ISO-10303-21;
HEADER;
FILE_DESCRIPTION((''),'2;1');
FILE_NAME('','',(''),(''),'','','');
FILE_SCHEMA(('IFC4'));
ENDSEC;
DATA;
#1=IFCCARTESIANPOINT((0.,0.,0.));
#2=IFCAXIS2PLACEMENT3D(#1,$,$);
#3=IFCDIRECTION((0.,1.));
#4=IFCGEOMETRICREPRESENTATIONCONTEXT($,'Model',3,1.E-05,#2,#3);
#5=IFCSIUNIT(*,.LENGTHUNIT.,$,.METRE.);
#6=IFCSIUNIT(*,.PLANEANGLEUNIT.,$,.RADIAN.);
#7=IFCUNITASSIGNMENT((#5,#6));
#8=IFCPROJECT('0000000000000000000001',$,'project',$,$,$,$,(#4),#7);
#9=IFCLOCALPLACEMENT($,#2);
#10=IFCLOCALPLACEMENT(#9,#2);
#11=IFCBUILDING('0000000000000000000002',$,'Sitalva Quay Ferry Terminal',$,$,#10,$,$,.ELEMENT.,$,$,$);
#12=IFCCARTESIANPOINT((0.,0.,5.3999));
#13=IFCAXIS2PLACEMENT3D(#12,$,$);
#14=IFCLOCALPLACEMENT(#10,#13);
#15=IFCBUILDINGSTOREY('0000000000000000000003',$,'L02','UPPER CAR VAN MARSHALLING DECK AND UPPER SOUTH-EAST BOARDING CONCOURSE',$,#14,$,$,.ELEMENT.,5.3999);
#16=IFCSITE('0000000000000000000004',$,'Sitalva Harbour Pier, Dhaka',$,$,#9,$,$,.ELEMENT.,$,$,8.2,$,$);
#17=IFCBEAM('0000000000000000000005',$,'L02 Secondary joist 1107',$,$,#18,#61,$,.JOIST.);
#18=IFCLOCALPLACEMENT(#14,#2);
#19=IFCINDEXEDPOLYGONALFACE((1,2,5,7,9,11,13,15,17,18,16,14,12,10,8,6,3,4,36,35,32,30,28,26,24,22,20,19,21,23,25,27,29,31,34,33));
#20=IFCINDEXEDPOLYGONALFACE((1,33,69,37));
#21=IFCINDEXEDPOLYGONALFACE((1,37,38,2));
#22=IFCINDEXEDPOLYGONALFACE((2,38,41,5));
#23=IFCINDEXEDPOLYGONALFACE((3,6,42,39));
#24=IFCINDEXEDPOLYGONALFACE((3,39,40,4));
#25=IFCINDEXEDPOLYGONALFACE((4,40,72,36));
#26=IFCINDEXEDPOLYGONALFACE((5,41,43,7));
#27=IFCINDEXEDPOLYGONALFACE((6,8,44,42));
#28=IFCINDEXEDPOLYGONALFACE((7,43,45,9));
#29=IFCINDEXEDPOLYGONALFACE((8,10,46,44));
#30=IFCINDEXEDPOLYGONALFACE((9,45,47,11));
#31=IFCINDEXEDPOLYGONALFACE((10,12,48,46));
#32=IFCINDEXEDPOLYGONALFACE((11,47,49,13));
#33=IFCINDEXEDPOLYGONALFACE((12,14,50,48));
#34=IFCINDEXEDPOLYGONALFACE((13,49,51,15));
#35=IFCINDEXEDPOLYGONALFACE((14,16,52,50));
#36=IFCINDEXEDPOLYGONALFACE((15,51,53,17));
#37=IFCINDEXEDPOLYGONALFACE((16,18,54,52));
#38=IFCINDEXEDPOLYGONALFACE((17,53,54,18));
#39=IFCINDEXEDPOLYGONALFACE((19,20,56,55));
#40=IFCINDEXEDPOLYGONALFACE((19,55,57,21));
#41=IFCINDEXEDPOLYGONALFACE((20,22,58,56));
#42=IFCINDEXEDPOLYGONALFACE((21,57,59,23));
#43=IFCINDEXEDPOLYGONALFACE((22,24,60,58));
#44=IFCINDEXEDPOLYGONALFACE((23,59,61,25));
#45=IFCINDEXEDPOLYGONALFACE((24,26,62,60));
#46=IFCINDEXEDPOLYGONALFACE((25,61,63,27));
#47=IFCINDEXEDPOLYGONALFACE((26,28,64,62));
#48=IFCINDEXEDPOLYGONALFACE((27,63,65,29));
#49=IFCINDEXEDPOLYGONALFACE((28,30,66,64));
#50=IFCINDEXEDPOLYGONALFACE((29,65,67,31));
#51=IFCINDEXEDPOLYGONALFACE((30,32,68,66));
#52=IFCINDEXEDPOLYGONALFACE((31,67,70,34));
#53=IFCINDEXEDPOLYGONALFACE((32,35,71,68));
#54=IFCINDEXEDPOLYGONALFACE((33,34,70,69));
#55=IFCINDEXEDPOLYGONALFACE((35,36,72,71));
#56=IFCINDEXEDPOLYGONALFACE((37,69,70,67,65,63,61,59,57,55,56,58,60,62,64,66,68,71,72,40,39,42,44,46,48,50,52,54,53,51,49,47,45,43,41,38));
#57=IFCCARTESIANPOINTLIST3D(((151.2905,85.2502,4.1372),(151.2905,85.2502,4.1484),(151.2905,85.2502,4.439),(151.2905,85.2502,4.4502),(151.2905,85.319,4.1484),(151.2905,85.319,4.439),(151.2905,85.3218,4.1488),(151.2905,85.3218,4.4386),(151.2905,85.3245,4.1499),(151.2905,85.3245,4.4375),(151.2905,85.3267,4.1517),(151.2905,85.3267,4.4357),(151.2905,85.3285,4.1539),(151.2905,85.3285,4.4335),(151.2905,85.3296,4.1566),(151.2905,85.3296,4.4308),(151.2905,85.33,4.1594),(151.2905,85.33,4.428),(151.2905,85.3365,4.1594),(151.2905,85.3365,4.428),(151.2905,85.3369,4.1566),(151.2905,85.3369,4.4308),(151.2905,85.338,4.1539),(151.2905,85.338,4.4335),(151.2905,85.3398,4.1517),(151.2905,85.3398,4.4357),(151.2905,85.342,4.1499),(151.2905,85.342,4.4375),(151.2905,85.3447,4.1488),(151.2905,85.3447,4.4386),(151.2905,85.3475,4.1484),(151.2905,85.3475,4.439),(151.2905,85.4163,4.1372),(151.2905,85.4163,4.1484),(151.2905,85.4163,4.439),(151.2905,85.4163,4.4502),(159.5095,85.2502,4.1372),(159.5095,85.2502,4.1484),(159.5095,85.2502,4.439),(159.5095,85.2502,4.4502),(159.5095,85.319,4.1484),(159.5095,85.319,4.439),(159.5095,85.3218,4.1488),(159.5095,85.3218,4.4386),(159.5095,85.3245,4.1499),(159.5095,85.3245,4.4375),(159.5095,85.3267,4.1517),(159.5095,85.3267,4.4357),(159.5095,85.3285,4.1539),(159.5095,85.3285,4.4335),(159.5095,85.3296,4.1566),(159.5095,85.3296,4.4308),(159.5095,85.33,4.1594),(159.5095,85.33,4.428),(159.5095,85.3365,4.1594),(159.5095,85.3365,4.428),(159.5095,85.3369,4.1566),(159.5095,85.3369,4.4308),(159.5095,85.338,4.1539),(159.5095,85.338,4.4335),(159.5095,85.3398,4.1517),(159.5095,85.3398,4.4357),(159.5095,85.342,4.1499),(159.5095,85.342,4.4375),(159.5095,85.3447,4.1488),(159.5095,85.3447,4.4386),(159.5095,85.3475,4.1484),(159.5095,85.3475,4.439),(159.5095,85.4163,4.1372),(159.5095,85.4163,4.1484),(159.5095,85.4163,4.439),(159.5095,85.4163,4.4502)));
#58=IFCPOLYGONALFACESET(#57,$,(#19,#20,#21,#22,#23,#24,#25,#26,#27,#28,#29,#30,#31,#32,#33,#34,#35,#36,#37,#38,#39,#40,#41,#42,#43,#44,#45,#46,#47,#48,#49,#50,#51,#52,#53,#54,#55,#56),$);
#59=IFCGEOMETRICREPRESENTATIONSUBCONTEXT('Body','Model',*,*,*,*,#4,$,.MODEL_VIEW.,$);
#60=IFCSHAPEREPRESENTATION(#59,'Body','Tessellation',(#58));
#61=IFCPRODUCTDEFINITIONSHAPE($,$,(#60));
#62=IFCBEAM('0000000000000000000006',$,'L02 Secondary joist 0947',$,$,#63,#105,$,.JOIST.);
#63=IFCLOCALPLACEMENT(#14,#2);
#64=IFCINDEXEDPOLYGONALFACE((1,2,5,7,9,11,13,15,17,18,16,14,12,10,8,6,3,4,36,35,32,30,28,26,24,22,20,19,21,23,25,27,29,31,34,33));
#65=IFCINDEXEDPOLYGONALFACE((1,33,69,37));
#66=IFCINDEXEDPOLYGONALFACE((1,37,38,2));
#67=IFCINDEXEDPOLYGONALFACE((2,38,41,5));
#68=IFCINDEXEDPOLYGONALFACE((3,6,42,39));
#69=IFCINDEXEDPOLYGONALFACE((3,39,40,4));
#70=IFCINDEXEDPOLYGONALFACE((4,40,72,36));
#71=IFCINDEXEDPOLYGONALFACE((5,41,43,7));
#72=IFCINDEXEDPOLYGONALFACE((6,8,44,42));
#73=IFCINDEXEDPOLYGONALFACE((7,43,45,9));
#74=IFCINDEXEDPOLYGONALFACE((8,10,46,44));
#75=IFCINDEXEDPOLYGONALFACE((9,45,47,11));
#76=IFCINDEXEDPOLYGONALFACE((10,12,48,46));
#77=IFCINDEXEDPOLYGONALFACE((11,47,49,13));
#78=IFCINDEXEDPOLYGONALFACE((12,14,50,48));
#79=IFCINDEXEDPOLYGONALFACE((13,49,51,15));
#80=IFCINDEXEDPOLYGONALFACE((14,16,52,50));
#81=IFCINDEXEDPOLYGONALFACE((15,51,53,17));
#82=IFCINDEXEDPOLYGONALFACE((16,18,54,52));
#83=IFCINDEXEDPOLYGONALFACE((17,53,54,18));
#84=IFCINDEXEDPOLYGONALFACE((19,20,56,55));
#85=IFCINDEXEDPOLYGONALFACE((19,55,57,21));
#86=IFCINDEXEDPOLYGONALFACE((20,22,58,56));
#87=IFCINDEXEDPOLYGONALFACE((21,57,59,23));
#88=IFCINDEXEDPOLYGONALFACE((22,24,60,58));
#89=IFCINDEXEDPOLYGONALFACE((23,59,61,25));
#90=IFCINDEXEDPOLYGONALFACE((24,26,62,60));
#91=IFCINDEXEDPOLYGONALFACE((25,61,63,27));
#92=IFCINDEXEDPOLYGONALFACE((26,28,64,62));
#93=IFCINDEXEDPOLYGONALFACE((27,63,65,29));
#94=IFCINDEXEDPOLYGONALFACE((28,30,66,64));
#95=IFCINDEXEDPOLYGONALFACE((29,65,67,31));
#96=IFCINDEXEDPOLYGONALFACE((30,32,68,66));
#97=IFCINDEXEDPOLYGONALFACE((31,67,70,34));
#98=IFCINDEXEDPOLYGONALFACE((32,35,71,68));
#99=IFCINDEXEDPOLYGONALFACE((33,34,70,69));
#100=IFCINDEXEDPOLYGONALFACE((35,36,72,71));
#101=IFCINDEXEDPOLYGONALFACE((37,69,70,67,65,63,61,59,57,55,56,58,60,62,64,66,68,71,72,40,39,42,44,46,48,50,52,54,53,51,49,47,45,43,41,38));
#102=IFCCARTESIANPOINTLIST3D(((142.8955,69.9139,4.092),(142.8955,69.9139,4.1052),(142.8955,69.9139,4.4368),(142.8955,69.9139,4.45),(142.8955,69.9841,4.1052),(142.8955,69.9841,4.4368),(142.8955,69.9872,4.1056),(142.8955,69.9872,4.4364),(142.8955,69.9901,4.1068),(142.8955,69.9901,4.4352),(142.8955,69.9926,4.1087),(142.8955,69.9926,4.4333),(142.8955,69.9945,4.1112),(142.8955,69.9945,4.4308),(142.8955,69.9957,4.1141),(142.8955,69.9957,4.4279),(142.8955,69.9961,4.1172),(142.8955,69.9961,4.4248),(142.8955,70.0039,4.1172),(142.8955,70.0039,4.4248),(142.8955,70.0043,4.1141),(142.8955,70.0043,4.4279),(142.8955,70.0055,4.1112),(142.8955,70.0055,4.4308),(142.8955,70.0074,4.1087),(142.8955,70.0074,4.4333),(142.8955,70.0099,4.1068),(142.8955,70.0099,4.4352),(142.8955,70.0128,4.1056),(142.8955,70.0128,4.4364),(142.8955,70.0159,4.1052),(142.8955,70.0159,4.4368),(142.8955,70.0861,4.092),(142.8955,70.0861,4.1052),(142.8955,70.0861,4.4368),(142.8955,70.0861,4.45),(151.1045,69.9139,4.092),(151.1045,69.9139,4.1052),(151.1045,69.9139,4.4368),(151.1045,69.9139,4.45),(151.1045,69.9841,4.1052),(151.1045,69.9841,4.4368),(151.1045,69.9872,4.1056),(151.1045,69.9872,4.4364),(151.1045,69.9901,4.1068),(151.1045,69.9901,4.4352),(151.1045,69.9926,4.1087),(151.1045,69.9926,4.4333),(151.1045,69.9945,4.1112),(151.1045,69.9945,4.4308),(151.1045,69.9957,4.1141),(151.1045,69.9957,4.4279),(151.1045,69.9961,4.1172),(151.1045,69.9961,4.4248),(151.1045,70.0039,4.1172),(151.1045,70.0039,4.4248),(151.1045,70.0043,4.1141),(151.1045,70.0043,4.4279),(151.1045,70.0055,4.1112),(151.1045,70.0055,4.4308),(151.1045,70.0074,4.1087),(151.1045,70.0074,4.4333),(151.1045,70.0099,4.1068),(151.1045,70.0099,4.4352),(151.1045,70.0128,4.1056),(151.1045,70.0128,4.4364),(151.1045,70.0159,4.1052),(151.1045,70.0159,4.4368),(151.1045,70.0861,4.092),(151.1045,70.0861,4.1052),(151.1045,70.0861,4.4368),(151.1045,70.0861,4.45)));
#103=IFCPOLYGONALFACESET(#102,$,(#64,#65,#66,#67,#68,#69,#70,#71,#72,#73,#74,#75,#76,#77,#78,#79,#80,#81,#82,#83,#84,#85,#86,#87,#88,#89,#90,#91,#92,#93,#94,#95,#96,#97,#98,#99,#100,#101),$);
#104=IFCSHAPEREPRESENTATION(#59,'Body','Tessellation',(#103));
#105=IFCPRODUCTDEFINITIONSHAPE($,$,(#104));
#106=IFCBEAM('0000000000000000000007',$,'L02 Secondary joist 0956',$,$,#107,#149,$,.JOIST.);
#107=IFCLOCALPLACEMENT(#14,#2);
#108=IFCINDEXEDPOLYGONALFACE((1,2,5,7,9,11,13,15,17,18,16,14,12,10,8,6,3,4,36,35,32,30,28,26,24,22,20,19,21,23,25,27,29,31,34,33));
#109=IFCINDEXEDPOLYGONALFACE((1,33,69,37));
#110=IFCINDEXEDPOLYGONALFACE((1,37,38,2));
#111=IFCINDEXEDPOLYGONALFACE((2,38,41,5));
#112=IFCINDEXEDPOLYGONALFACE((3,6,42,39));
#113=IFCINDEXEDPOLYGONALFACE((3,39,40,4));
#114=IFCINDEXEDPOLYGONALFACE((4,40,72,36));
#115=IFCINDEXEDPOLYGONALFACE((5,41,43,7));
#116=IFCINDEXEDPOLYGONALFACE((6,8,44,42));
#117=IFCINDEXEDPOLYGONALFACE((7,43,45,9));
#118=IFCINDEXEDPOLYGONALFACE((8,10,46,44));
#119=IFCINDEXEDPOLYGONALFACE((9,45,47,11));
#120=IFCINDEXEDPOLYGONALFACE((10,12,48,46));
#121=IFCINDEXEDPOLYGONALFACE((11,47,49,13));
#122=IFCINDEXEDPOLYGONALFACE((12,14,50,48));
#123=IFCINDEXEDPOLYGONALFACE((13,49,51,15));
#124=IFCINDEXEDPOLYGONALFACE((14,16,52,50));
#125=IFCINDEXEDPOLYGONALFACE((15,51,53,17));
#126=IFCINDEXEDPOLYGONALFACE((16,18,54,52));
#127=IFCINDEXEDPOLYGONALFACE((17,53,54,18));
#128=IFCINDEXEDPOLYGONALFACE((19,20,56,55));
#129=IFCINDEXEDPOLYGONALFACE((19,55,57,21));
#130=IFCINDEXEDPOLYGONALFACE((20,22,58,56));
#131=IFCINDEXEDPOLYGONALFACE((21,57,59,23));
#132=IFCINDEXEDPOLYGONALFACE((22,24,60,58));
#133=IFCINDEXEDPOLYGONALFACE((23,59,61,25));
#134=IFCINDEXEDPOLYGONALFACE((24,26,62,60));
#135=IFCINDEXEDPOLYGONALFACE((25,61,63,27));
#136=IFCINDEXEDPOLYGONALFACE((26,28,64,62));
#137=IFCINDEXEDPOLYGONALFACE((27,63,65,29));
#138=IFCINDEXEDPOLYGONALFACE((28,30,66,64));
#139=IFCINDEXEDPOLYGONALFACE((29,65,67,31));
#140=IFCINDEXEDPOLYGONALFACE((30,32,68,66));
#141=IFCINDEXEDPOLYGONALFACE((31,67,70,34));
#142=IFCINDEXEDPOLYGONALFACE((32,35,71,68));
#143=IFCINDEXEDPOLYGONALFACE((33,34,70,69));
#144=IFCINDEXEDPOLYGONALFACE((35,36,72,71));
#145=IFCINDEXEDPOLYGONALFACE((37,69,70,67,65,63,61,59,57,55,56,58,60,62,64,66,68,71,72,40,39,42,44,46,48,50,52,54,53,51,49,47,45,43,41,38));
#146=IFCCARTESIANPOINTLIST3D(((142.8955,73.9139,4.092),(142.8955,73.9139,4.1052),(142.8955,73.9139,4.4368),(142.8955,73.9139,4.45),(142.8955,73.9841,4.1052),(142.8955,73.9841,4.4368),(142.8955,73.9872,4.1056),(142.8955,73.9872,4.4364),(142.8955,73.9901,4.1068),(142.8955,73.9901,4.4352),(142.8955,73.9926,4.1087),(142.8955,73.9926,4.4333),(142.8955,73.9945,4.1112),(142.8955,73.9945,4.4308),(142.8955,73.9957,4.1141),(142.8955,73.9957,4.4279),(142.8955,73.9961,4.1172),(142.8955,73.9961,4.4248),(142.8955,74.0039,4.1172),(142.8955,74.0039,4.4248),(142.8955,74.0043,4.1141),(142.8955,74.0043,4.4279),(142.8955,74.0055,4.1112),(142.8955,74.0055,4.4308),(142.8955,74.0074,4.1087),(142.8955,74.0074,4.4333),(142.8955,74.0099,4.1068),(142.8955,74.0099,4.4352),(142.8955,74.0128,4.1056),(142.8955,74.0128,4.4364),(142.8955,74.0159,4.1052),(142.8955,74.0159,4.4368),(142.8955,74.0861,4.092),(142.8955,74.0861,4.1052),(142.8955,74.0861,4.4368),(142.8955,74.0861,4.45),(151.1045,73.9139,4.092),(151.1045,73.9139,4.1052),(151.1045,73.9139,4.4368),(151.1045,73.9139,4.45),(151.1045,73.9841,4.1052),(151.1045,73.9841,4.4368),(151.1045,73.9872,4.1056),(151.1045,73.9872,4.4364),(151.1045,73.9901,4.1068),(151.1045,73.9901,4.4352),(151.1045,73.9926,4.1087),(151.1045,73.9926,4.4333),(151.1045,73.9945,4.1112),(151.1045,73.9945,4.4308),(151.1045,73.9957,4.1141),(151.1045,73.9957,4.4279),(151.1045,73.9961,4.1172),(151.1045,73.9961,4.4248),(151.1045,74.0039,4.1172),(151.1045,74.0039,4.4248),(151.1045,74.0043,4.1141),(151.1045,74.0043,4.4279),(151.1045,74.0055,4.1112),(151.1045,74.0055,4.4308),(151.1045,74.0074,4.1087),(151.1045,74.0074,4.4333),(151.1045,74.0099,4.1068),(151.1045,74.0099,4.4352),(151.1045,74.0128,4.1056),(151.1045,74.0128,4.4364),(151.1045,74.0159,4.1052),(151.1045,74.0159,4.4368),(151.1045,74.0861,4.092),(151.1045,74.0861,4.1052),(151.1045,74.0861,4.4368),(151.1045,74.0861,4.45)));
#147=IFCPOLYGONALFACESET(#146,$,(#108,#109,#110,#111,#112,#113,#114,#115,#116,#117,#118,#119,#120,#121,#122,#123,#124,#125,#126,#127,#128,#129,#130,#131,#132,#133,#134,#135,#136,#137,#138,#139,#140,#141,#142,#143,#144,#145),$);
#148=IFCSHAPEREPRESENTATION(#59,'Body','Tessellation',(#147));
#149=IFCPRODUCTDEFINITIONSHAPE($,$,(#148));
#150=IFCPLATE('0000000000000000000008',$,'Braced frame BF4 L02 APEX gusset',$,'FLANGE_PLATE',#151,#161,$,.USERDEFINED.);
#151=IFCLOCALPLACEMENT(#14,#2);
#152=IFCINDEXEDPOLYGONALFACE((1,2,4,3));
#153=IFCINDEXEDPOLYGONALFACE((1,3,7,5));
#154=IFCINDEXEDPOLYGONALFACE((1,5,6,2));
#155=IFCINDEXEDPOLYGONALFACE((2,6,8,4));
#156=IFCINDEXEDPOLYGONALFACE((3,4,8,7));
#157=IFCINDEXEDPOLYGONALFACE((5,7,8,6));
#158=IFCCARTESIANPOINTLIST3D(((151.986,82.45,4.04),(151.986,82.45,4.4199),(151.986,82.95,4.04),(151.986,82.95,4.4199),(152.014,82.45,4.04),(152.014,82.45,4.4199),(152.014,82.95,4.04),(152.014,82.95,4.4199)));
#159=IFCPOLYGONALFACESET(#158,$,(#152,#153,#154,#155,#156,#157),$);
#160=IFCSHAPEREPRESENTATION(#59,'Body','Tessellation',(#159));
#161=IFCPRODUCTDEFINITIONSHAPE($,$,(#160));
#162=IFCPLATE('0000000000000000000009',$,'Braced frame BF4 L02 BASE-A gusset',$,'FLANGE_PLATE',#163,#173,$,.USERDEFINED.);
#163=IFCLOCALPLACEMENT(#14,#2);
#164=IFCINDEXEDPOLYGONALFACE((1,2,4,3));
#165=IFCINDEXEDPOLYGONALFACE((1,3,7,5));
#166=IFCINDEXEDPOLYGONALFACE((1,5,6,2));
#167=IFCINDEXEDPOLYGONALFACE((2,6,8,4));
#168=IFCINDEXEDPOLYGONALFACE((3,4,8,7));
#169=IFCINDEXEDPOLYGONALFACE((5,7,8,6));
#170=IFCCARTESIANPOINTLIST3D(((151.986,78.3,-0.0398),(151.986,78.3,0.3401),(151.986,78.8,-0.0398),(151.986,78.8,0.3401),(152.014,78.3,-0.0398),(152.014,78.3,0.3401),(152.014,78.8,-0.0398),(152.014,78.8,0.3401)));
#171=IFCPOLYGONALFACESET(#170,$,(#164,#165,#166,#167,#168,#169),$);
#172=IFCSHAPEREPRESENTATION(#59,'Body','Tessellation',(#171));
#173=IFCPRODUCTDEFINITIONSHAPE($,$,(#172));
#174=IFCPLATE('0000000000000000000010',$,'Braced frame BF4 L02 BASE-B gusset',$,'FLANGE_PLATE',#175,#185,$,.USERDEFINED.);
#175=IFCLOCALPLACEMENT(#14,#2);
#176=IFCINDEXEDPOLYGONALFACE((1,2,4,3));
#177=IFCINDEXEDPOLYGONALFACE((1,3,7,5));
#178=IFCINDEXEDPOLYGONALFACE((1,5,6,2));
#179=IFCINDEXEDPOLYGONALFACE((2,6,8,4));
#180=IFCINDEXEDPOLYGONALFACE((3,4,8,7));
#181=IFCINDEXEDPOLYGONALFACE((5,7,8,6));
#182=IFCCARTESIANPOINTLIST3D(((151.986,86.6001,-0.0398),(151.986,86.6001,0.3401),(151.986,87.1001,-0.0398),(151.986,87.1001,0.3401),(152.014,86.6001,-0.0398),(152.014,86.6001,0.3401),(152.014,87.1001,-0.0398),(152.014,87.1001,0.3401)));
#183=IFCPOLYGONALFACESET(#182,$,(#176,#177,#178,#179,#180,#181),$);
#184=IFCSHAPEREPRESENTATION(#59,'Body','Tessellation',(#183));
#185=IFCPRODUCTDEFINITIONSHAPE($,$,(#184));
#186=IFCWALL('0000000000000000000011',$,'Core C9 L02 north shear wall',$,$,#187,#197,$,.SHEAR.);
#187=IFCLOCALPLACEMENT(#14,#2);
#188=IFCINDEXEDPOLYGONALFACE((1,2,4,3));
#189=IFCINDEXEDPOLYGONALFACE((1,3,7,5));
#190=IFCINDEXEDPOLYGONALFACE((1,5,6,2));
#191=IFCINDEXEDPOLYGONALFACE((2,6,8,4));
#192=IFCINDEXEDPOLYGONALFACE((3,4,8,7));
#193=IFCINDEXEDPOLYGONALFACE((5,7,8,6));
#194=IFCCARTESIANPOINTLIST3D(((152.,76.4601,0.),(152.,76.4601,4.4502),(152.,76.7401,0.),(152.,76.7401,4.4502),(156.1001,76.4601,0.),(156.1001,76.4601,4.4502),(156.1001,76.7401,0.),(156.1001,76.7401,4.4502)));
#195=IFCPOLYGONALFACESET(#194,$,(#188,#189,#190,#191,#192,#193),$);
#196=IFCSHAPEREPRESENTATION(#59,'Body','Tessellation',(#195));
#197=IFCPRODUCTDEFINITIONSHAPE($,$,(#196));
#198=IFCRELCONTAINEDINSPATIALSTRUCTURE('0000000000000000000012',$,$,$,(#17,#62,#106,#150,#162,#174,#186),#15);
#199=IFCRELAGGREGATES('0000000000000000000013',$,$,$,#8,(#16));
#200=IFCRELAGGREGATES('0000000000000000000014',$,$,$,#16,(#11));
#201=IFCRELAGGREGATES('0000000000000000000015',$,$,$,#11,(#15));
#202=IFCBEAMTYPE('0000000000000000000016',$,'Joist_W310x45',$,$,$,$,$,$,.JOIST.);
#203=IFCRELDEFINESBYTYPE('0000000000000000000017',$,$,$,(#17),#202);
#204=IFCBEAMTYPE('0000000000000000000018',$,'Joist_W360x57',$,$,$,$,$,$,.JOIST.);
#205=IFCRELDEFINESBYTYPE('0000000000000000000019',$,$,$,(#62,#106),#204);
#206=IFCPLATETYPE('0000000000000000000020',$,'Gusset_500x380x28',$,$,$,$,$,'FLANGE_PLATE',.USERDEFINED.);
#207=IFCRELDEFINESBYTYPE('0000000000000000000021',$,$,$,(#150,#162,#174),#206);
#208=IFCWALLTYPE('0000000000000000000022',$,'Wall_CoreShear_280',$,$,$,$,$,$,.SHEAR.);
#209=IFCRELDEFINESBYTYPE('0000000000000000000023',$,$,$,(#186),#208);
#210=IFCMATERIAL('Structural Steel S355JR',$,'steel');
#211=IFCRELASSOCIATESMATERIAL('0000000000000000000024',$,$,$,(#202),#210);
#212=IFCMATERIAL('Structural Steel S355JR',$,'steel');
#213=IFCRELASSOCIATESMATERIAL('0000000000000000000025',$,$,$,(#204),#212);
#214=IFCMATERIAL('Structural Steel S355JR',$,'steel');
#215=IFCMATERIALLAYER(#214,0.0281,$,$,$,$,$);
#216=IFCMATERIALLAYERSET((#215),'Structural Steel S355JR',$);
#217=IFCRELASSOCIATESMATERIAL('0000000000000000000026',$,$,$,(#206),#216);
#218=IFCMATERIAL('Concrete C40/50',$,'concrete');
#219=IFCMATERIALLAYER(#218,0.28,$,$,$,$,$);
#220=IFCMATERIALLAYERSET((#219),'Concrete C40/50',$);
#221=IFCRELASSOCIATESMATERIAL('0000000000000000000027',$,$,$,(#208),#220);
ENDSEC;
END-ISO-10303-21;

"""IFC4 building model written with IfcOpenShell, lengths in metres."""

from ifc_helpers import new_model, si_unit, direction, frame, frame_2d, origin, origin_2d, place, context, subcontext, project, spatial, rectangle, i_section, extrude, material, layer, layer_set, material_profile, profile_set, type_object, element, save


model = new_model("IFC4")

# Units and contexts
model_context = context("Model", 3, precision=1e-05, world=origin(), true_north=direction((0.0, 1.0)))
body_context = subcontext(model_context, "Body", "Model", "MODEL_VIEW")
ifc_project = project(units=[si_unit("LENGTHUNIT", "METRE"), si_unit("PLANEANGLEUNIT", "RADIAN")], contexts=[model_context])

# Site, building, storey
site_placement = place(None, origin())
site = spatial("IfcSite", under=ifc_project, at=site_placement, Name="Sitalva Harbour Pier, Dhaka", CompositionType="ELEMENT", RefElevation=8.2)
building_placement = place(site_placement, origin())
building = spatial("IfcBuilding", under=site, at=building_placement, Name="Sitalva Quay Ferry Terminal", CompositionType="ELEMENT")
storey_placement = place(building_placement, frame((0.0, 0.0, 5.3999)))
storey = spatial("IfcBuildingStorey", under=building, at=storey_placement, Name="L02", Description="UPPER CAR VAN MARSHALLING DECK AND UPPER SOUTH-EAST BOARDING CONCOURSE", CompositionType="ELEMENT", Elevation=5.3999)

# Beams
ifc_material_1 = material(Name="Structural Steel S355JR", Category="steel")
ifc_material_profile_1 = material_profile(ifc_material_1, i_section(OverallWidth=0.166, OverallDepth=0.313, WebThickness=0.0066, FlangeThickness=0.0112, FilletRadius=0.011, at=origin_2d()), Name="W310x45")
ifc_profile_set_1 = profile_set([ifc_material_profile_1], Name="Structural Steel S355JR")
beam_type_1 = type_object("IfcBeamType", Name="Joist_W310x45", PredefinedType="JOIST", material=ifc_profile_set_1)
beam_1_placement = place(storey_placement, frame((151.2905, 85.3333, 4.2937), z_axis=(1.0, 0.0, 0.0), x_axis=(0.0, 1.0, 0.0)))
element("IfcBeam", 1, at=beam_1_placement, inside=storey, type_object=beam_type_1, Name="L02 Secondary joist 1107", PredefinedType="JOIST", context=body_context, shape_type="SweptSolid", body=[
    extrude(i_section(OverallWidth=0.166, OverallDepth=0.313, WebThickness=0.0066, FlangeThickness=0.0112, FilletRadius=0.011, at=origin_2d()), origin(), (0.0, 0.0, 1.0), 8.219),
])
ifc_material_2 = material(Name="Structural Steel S355JR", Category="steel")
ifc_material_profile_2 = material_profile(ifc_material_2, i_section(OverallWidth=0.1721, OverallDepth=0.3579, WebThickness=0.0078, FlangeThickness=0.0132, FilletRadius=0.012, at=origin_2d()), Name="W360x57")
ifc_profile_set_2 = profile_set([ifc_material_profile_2], Name="Structural Steel S355JR")
beam_type_2 = type_object("IfcBeamType", Name="Joist_W360x57", PredefinedType="JOIST", material=ifc_profile_set_2)
for number, where, z_axis, x_axis, name in (
    (2, (142.8955, 70.0, 4.271), (1.0, 0.0, 0.0), (0.0, 1.0, 0.0), "L02 Secondary joist 0947"),
    (3, (142.8955, 74.0, 4.271), (1.0, 0.0, 0.0), (0.0, 1.0, 0.0), "L02 Secondary joist 0956"),
):
    element("IfcBeam", number, at=place(storey_placement, frame(where, z_axis=z_axis, x_axis=x_axis)), inside=storey, type_object=beam_type_2, Name=name, PredefinedType="JOIST", context=body_context, shape_type="SweptSolid", body=[
        extrude(i_section(OverallWidth=0.1721, OverallDepth=0.3579, WebThickness=0.0078, FlangeThickness=0.0132, FilletRadius=0.012, at=origin_2d()), origin(), (0.0, 0.0, 1.0), 8.209),
    ])

# Plates
ifc_material_3 = material(Name="Structural Steel S355JR", Category="steel")
ifc_layer_1 = layer(ifc_material_3, 0.0281)
ifc_layer_set_1 = layer_set([ifc_layer_1], Name="Structural Steel S355JR")
plate_type = type_object("IfcPlateType", Name="Gusset_500x380x28", ElementType="FLANGE_PLATE", PredefinedType="USERDEFINED", material=ifc_layer_set_1)
for number, where, z_axis, x_axis, name in (
    (4, (152.0, 82.7, 4.04), (0.0, 0.0, 1.0), (1.0, 0.0, 0.0), "Braced frame BF4 L02 APEX gusset"),
    (5, (152.0, 78.55, -0.0398), (0.0, 0.0, 1.0), (1.0, 0.0, 0.0), "Braced frame BF4 L02 BASE-A gusset"),
    (6, (152.0, 86.8501, -0.0398), (0.0, 0.0, 1.0), (1.0, 0.0, 0.0), "Braced frame BF4 L02 BASE-B gusset"),
):
    element("IfcPlate", number, at=place(storey_placement, frame(where, z_axis=z_axis, x_axis=x_axis)), inside=storey, type_object=plate_type, Name=name, ObjectType="FLANGE_PLATE", PredefinedType="USERDEFINED", context=body_context, shape_type="SweptSolid", body=[
        extrude(rectangle(XDim=0.0281, YDim=0.5, at=origin_2d()), origin(), (0.0, 0.0, 1.0), 0.3799),
    ])

# Wall
ifc_material_4 = material(Name="Concrete C40/50", Category="concrete")
ifc_layer_2 = layer(ifc_material_4, 0.28)
ifc_layer_set_2 = layer_set([ifc_layer_2], Name="Concrete C40/50")
wall_type_1 = type_object("IfcWallType", Name="Wall_CoreShear_280", PredefinedType="SHEAR", material=ifc_layer_set_2)
wall_1_placement = place(storey_placement, frame((152.0, 76.6001, 0.0), z_axis=(0.0, 0.0, 1.0), x_axis=(1.0, 0.0, 0.0)))
element("IfcWall", 7, at=wall_1_placement, inside=storey, type_object=wall_type_1, Name="Core C9 L02 north shear wall", PredefinedType="SHEAR", context=body_context, shape_type="SweptSolid", body=[
    extrude(rectangle(XDim=4.1001, YDim=0.28, at=frame_2d((2.05, 0.0))), origin(), (0.0, 0.0, 1.0), 4.4502),
])

save(model, "model.ifc")
